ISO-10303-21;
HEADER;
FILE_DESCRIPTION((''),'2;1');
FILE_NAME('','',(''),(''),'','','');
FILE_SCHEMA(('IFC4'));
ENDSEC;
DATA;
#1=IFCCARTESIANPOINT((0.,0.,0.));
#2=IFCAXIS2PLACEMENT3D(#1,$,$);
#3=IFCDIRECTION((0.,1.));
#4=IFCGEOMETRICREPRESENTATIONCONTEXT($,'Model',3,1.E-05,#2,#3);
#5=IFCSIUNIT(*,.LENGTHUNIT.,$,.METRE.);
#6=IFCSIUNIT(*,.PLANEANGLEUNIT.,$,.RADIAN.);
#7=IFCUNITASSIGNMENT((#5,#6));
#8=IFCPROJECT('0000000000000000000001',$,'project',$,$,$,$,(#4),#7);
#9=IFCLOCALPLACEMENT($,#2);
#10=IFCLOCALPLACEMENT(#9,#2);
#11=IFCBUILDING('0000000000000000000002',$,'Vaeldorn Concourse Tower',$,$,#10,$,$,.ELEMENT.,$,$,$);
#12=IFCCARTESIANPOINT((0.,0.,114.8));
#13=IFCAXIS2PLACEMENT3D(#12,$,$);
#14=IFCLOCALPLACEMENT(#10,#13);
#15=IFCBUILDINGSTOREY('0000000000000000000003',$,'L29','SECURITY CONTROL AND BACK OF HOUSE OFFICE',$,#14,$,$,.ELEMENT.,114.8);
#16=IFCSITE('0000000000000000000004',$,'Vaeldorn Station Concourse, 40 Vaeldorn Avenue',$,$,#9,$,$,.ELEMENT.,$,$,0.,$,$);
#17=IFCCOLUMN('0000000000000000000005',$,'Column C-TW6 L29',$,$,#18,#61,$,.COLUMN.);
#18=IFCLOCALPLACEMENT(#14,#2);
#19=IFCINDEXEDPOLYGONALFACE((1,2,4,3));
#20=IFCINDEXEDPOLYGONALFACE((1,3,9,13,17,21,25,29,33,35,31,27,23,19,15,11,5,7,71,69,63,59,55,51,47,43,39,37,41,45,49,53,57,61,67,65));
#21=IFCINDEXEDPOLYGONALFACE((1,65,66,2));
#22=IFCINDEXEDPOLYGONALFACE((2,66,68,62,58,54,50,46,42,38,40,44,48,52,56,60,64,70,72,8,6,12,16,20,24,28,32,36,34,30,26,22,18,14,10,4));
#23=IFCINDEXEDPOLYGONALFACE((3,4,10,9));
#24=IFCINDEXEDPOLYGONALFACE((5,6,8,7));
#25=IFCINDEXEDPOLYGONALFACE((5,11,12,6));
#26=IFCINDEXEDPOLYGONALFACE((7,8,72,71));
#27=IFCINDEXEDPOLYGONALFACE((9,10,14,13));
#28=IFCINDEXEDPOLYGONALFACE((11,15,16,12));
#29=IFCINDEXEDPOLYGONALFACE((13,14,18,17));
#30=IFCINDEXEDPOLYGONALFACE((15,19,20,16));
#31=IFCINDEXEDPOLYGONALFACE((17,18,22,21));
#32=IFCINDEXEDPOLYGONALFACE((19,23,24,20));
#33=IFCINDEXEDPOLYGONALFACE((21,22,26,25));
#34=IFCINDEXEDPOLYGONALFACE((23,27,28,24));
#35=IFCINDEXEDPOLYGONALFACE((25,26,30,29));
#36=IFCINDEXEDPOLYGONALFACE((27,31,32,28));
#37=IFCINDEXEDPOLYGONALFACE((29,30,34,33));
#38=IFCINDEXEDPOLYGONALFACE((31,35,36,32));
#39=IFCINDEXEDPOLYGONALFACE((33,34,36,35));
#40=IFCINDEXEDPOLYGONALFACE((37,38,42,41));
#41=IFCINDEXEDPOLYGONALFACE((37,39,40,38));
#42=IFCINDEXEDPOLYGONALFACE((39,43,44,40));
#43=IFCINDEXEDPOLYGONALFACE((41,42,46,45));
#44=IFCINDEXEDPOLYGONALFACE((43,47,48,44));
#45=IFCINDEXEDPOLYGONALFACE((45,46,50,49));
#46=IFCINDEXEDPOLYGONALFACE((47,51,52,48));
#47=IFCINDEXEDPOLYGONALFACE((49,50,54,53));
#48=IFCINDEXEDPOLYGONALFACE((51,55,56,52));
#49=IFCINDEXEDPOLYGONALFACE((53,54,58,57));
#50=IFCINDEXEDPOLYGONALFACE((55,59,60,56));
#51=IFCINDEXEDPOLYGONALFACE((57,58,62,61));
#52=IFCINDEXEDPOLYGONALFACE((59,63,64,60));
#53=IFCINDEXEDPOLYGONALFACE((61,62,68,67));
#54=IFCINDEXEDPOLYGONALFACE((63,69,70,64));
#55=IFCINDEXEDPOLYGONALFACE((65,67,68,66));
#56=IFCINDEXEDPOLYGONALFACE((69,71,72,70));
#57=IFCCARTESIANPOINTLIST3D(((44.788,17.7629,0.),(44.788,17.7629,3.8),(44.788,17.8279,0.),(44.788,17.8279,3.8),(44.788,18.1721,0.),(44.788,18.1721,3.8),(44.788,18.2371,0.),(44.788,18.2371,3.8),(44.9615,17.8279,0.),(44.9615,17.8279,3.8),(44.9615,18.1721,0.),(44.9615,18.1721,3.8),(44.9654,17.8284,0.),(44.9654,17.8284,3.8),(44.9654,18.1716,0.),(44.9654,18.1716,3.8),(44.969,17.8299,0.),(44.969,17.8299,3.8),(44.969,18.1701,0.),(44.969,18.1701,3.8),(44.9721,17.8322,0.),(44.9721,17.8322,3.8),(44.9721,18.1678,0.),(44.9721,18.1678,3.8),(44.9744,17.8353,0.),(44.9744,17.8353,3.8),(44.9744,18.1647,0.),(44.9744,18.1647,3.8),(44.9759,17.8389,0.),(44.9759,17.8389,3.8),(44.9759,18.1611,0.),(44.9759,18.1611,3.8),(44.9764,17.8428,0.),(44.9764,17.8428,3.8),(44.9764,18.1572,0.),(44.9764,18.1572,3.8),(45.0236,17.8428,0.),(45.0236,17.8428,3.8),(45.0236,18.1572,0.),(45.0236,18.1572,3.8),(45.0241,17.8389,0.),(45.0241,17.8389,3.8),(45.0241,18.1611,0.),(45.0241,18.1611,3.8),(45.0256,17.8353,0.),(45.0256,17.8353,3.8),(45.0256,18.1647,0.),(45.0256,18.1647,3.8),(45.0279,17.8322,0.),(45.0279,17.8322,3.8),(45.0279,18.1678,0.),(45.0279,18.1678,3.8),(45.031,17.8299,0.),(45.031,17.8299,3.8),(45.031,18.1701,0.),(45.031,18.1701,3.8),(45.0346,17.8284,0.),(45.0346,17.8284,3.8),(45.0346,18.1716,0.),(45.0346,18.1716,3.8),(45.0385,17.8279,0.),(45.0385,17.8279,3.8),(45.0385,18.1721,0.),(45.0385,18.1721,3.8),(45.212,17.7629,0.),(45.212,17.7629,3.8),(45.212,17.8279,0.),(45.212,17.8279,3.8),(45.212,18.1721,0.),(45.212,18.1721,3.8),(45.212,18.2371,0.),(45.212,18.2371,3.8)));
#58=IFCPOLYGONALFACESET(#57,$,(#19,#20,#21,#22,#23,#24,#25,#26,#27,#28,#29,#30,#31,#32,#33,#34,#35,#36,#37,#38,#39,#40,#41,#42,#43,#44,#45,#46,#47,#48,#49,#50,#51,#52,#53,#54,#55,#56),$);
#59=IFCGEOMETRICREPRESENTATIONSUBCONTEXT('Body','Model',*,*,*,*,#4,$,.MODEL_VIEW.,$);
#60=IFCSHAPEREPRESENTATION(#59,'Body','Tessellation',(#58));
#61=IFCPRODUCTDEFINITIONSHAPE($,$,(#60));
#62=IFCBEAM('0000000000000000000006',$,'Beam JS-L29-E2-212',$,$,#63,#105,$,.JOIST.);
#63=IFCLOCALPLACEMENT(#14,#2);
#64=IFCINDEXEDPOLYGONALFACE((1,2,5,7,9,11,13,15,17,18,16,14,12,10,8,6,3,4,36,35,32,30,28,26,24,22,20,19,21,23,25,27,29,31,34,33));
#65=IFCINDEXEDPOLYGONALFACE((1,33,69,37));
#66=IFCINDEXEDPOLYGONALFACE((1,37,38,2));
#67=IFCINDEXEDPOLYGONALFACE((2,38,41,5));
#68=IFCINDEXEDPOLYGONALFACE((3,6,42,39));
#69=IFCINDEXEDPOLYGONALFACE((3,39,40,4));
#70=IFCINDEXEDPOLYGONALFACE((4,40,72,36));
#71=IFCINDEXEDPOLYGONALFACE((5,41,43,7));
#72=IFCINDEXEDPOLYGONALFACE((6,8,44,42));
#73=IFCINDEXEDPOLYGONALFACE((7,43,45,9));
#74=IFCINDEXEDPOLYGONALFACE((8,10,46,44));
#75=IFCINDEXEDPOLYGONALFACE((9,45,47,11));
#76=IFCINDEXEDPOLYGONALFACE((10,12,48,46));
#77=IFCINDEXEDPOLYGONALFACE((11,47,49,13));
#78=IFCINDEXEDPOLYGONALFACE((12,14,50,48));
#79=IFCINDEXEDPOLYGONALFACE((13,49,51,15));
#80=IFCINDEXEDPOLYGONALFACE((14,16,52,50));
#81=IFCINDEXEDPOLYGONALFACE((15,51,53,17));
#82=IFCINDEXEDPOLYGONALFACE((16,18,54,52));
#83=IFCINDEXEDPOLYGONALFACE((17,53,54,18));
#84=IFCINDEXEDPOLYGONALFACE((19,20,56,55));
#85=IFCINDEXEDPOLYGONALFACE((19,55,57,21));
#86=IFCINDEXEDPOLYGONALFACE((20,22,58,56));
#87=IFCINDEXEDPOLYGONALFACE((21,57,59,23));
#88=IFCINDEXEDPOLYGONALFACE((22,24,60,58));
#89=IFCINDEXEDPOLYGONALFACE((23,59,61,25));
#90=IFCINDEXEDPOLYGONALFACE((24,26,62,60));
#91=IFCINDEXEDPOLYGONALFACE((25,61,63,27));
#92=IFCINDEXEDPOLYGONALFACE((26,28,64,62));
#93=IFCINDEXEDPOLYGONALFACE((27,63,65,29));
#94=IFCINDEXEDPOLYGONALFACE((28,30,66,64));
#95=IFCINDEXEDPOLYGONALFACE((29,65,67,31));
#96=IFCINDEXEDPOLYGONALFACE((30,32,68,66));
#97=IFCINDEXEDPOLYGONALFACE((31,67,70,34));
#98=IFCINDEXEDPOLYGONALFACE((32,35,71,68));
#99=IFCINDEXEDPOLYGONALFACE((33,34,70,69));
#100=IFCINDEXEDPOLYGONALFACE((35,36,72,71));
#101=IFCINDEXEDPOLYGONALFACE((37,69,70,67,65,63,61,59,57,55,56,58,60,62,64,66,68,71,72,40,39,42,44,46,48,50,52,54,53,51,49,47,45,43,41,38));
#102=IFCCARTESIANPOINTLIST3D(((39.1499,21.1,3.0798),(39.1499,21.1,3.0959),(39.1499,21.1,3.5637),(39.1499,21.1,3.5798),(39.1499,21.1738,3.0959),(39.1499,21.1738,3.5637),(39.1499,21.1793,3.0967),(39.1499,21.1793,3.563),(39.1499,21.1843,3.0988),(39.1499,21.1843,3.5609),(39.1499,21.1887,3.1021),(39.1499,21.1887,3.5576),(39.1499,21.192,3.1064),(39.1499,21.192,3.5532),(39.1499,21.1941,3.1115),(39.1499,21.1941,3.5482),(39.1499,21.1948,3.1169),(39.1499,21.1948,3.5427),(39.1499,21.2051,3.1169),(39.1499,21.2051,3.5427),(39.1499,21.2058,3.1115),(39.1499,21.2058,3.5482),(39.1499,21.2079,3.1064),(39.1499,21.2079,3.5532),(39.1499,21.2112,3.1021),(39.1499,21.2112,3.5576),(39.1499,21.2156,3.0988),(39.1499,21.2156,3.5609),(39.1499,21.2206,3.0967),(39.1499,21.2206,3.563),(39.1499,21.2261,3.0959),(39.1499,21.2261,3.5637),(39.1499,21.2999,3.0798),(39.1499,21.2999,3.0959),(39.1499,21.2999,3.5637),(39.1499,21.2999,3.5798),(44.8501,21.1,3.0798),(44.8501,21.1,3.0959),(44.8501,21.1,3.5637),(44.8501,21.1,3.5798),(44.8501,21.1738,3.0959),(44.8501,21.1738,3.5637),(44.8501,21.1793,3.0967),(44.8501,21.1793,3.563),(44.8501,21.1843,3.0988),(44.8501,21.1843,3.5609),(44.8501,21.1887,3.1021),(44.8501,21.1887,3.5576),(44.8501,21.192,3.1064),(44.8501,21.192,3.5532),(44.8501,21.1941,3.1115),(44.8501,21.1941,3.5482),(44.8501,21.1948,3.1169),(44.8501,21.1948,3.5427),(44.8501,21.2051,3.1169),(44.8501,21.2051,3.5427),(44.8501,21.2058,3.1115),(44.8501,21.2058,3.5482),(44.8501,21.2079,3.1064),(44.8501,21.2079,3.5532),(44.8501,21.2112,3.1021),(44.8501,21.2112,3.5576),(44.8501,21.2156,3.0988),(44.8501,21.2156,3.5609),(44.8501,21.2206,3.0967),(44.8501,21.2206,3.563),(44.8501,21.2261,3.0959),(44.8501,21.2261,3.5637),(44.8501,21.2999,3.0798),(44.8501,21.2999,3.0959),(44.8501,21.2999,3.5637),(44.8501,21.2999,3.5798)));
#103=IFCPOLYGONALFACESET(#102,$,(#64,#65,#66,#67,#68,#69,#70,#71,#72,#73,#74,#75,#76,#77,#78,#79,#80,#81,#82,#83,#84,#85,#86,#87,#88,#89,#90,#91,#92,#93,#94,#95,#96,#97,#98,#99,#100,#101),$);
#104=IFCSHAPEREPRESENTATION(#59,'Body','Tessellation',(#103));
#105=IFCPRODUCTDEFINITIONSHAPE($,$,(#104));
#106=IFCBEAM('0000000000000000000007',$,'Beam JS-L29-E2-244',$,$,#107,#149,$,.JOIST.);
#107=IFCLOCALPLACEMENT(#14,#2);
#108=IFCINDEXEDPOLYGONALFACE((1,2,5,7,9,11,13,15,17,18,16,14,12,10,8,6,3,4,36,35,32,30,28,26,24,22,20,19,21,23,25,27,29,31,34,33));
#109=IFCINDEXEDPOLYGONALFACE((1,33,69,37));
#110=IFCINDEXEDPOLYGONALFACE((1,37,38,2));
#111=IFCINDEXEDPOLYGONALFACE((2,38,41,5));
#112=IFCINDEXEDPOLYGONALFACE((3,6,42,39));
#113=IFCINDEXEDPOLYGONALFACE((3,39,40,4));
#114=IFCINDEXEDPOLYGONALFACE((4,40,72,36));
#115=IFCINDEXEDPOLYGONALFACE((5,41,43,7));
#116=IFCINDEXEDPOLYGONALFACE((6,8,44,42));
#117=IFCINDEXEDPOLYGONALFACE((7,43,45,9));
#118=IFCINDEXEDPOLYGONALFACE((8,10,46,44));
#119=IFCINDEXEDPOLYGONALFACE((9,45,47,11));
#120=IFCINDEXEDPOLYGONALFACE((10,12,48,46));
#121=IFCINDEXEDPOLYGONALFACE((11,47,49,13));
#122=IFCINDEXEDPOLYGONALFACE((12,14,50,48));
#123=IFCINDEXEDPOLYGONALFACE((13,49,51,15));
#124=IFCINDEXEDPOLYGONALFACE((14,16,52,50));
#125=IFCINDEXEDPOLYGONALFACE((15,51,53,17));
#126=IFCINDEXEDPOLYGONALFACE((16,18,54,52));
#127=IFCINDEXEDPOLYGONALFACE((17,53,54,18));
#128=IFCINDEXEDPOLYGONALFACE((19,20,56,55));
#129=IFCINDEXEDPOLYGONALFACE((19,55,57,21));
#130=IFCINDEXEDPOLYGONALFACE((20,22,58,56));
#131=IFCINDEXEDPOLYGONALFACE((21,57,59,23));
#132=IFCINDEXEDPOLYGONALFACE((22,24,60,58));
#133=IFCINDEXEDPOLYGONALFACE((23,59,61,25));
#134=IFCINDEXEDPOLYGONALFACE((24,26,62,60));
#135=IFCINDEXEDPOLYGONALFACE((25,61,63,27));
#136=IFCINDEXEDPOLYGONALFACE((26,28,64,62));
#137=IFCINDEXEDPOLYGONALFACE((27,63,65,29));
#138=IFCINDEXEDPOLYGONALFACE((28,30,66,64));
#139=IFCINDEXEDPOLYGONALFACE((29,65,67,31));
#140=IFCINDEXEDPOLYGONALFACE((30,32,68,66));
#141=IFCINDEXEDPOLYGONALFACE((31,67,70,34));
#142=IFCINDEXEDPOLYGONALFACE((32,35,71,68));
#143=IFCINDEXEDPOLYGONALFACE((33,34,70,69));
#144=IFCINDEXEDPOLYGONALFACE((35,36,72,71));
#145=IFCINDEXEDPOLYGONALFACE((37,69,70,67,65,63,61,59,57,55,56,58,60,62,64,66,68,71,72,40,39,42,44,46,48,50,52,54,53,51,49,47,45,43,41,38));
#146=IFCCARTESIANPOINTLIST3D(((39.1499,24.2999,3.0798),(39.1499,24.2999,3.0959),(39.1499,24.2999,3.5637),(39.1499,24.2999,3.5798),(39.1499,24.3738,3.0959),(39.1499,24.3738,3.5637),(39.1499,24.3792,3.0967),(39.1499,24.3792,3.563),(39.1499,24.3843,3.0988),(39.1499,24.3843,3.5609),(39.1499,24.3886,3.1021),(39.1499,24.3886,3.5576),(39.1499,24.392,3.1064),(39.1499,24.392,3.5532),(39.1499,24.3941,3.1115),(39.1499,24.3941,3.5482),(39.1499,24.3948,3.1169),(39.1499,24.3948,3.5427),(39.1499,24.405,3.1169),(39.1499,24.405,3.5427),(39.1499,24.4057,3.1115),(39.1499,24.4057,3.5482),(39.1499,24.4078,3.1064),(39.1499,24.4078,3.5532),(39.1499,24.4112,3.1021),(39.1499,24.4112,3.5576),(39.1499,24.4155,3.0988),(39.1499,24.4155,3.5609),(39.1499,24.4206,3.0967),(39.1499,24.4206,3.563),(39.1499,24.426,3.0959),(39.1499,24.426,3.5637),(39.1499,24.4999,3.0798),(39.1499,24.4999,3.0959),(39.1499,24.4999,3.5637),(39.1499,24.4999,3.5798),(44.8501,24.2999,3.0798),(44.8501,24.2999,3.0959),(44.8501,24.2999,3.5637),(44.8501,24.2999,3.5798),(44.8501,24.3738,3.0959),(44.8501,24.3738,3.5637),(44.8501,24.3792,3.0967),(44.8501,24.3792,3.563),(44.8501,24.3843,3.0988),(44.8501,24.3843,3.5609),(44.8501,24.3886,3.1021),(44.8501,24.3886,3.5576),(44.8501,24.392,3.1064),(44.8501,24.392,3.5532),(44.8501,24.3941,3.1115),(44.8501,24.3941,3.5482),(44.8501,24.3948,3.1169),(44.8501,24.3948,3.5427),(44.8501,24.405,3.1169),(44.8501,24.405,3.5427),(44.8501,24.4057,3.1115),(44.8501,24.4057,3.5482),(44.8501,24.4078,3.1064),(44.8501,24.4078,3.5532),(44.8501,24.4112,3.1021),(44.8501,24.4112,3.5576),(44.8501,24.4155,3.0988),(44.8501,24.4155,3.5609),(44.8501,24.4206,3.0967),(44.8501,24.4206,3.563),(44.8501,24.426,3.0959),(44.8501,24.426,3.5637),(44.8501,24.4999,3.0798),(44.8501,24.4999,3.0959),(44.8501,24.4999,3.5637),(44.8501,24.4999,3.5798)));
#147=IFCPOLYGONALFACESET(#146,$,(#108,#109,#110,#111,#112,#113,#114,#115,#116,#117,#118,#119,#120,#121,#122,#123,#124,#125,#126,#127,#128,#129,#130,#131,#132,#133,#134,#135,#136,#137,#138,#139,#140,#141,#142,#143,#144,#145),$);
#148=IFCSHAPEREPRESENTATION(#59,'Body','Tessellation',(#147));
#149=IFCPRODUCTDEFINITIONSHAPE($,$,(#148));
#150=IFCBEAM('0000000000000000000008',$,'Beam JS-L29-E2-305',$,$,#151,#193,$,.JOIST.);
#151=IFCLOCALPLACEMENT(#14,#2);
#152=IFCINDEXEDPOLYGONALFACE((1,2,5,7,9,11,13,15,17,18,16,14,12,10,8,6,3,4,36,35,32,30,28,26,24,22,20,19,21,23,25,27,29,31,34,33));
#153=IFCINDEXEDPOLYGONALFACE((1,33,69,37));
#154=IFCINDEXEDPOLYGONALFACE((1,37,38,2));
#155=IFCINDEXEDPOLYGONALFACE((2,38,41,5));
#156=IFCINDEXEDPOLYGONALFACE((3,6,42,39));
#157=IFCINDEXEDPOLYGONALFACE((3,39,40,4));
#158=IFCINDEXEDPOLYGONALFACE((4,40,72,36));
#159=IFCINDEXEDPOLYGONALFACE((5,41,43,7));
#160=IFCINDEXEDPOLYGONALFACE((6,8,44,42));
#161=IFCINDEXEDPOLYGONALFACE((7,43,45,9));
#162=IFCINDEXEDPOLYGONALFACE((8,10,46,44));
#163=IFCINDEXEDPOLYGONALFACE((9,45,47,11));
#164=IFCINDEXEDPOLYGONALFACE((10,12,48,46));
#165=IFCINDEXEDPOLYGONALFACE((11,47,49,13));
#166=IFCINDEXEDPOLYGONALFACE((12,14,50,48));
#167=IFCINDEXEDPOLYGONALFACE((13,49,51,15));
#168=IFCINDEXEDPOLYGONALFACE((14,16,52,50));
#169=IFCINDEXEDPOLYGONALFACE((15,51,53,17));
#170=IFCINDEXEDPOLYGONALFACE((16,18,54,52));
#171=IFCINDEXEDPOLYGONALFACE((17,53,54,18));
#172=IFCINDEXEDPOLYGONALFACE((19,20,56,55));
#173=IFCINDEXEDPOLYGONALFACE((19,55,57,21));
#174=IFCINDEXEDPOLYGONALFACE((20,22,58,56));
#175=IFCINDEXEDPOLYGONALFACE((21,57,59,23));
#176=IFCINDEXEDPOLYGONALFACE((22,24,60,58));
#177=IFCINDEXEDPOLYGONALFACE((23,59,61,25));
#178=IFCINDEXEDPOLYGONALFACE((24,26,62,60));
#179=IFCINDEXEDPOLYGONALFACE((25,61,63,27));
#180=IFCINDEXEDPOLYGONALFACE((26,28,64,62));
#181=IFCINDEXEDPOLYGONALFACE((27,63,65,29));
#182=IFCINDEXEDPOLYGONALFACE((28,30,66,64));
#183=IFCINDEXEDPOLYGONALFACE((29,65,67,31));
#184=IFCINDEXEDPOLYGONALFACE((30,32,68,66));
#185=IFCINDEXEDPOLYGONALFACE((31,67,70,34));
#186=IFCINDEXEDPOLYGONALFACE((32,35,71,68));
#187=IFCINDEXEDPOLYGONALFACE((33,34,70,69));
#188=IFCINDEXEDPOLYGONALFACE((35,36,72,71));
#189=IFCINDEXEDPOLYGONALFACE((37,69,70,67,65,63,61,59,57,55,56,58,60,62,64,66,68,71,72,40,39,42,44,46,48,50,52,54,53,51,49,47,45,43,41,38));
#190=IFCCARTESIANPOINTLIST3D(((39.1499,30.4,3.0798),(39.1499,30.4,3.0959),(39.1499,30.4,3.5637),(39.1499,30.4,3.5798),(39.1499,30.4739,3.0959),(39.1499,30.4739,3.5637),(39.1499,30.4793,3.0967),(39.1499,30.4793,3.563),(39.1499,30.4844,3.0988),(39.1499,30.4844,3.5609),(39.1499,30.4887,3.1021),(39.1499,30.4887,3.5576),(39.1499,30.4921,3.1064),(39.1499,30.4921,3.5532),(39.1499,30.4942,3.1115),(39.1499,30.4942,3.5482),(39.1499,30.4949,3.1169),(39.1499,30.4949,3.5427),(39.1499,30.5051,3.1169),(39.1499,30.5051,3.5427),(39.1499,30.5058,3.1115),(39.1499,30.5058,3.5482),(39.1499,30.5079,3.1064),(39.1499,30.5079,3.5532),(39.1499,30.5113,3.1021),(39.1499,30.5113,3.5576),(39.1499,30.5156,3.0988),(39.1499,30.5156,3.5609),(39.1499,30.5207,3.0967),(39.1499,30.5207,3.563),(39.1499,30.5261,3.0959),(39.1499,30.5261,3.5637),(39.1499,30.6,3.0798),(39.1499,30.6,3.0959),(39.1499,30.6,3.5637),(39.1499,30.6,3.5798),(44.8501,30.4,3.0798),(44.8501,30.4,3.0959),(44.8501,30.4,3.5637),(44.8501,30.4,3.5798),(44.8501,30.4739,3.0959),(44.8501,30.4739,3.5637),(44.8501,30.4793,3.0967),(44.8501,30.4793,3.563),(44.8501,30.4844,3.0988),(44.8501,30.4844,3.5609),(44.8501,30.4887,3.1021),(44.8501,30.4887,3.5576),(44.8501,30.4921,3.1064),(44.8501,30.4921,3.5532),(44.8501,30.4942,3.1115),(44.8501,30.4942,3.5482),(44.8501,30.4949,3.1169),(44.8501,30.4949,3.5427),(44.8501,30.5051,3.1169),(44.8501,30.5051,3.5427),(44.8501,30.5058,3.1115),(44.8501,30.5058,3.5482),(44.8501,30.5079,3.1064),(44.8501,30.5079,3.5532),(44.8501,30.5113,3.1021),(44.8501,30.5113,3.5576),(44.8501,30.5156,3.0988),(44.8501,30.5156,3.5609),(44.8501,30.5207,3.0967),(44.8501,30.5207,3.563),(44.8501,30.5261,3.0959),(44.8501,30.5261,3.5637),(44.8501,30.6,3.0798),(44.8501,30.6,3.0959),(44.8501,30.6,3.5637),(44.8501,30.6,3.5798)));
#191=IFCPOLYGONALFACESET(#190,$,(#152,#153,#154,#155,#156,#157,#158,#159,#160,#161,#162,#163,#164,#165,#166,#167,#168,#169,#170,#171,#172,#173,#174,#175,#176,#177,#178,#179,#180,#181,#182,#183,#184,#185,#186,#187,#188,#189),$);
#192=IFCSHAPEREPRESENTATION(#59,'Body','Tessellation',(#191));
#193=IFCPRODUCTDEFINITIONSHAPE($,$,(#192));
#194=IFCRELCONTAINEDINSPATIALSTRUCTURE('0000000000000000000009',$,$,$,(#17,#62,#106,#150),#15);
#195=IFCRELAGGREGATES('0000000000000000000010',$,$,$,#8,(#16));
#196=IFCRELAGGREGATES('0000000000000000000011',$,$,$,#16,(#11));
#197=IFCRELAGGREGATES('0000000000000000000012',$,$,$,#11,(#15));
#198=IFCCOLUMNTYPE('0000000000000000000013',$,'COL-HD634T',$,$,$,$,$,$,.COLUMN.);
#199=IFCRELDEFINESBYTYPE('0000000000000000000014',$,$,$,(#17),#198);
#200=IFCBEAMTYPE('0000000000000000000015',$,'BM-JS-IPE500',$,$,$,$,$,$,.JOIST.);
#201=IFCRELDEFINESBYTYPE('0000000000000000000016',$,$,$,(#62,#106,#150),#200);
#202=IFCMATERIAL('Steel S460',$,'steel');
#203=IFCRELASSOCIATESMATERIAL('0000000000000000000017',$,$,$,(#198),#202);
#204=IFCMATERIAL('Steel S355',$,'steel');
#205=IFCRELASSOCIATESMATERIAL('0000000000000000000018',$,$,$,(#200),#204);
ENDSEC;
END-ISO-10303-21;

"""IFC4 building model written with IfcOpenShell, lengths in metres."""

from ifc_helpers import new_model, si_unit, direction, frame, origin, origin_2d, place, context, subcontext, project, spatial, i_section, extrude, source, transform, mapped, material, material_profile, profile_set, type_object, element, save


model = new_model("IFC4")

# Units and contexts
model_context = context("Model", 3, precision=1e-05, world=origin(), true_north=direction((0.0, 1.0)))
body_context = subcontext(model_context, "Body", "Model", "MODEL_VIEW")
ifc_project = project(units=[si_unit("LENGTHUNIT", "METRE"), si_unit("PLANEANGLEUNIT", "RADIAN")], contexts=[model_context])

# Site, building, storey
site_placement = place(None, origin())
site = spatial("IfcSite", under=ifc_project, at=site_placement, Name="Vaeldorn Station Concourse, 40 Vaeldorn Avenue", CompositionType="ELEMENT", RefElevation=0.0)
building_placement = place(site_placement, origin())
building = spatial("IfcBuilding", under=site, at=building_placement, Name="Vaeldorn Concourse Tower", CompositionType="ELEMENT")
storey_placement = place(building_placement, frame((0.0, 0.0, 114.8)))
storey = spatial("IfcBuildingStorey", under=building, at=storey_placement, Name="L29", Description="SECURITY CONTROL AND BACK OF HOUSE OFFICE", CompositionType="ELEMENT", Elevation=114.8)

# Column
ifc_material_1 = material(Name="Steel S460", Category="steel")
ifc_material_profile_1 = material_profile(ifc_material_1, i_section(OverallWidth=0.4241, OverallDepth=0.4741, WebThickness=0.0471, FlangeThickness=0.0649, FilletRadius=0.0149, at=origin_2d()), Name="HD 400x634")
ifc_profile_set_1 = profile_set([ifc_material_profile_1], Name="Steel S460")
column_type_1 = type_object("IfcColumnType", Name="COL-HD634T", PredefinedType="COLUMN", material=ifc_profile_set_1)
shared_shape_1 = source(origin(), body_context, "Body", "SweptSolid", [
    extrude(i_section(OverallWidth=0.4241, OverallDepth=0.4741, WebThickness=0.0471, FlangeThickness=0.0649, FilletRadius=0.0149, at=origin_2d()), origin(), (0.0, 0.0, 1.0), 3.8),
])
for number, where, z_axis, x_axis, name in (
    (1, (45.0, 18.0, 0.0), (0.0, 0.0, 1.0), (1.0, 0.0, 0.0), "Column C-TW6 L29"),
):
    element("IfcColumn", number, at=place(storey_placement, frame(where, z_axis=z_axis, x_axis=x_axis)), inside=storey, type_object=column_type_1, Name=name, PredefinedType="COLUMN", context=body_context, shape_type="MappedRepresentation", body=[
        mapped(shared_shape_1, transform((0.0, 0.0, 0.0), scale=1.0)),
    ])

# Beams
ifc_material_2 = material(Name="Steel S355", Category="steel")
ifc_material_profile_2 = material_profile(ifc_material_2, i_section(OverallWidth=0.2, OverallDepth=0.5, WebThickness=0.0103, FlangeThickness=0.0161, FilletRadius=0.021, at=origin_2d()), Name="IPE 500")
ifc_profile_set_2 = profile_set([ifc_material_profile_2], Name="Steel S355")
beam_type_1 = type_object("IfcBeamType", Name="BM-JS-IPE500", PredefinedType="JOIST", material=ifc_profile_set_2)
shared_shape_2 = source(origin(), body_context, "Body", "SweptSolid", [
    extrude(i_section(OverallWidth=0.2, OverallDepth=0.5, WebThickness=0.0103, FlangeThickness=0.0161, FilletRadius=0.021, at=origin_2d()), origin(), (0.0, 0.0, 1.0), 5.7002),
])
for number, where, z_axis, x_axis, name in (
    (2, (39.1499, 21.2, 3.3298), (1.0, 0.0, 0.0), (0.0, 1.0, 0.0), "Beam JS-L29-E2-212"),
    (3, (39.1499, 24.3999, 3.3298), (1.0, 0.0, 0.0), (0.0, 1.0, 0.0), "Beam JS-L29-E2-244"),
    (4, (39.1499, 30.5, 3.3298), (1.0, 0.0, 0.0), (0.0, 1.0, 0.0), "Beam JS-L29-E2-305"),
):
    element("IfcBeam", number, at=place(storey_placement, frame(where, z_axis=z_axis, x_axis=x_axis)), inside=storey, type_object=beam_type_1, Name=name, PredefinedType="JOIST", context=body_context, shape_type="MappedRepresentation", body=[
        mapped(shared_shape_2, transform((0.0, 0.0, 0.0), scale=1.0)),
    ])

save(model, "model.ifc")
